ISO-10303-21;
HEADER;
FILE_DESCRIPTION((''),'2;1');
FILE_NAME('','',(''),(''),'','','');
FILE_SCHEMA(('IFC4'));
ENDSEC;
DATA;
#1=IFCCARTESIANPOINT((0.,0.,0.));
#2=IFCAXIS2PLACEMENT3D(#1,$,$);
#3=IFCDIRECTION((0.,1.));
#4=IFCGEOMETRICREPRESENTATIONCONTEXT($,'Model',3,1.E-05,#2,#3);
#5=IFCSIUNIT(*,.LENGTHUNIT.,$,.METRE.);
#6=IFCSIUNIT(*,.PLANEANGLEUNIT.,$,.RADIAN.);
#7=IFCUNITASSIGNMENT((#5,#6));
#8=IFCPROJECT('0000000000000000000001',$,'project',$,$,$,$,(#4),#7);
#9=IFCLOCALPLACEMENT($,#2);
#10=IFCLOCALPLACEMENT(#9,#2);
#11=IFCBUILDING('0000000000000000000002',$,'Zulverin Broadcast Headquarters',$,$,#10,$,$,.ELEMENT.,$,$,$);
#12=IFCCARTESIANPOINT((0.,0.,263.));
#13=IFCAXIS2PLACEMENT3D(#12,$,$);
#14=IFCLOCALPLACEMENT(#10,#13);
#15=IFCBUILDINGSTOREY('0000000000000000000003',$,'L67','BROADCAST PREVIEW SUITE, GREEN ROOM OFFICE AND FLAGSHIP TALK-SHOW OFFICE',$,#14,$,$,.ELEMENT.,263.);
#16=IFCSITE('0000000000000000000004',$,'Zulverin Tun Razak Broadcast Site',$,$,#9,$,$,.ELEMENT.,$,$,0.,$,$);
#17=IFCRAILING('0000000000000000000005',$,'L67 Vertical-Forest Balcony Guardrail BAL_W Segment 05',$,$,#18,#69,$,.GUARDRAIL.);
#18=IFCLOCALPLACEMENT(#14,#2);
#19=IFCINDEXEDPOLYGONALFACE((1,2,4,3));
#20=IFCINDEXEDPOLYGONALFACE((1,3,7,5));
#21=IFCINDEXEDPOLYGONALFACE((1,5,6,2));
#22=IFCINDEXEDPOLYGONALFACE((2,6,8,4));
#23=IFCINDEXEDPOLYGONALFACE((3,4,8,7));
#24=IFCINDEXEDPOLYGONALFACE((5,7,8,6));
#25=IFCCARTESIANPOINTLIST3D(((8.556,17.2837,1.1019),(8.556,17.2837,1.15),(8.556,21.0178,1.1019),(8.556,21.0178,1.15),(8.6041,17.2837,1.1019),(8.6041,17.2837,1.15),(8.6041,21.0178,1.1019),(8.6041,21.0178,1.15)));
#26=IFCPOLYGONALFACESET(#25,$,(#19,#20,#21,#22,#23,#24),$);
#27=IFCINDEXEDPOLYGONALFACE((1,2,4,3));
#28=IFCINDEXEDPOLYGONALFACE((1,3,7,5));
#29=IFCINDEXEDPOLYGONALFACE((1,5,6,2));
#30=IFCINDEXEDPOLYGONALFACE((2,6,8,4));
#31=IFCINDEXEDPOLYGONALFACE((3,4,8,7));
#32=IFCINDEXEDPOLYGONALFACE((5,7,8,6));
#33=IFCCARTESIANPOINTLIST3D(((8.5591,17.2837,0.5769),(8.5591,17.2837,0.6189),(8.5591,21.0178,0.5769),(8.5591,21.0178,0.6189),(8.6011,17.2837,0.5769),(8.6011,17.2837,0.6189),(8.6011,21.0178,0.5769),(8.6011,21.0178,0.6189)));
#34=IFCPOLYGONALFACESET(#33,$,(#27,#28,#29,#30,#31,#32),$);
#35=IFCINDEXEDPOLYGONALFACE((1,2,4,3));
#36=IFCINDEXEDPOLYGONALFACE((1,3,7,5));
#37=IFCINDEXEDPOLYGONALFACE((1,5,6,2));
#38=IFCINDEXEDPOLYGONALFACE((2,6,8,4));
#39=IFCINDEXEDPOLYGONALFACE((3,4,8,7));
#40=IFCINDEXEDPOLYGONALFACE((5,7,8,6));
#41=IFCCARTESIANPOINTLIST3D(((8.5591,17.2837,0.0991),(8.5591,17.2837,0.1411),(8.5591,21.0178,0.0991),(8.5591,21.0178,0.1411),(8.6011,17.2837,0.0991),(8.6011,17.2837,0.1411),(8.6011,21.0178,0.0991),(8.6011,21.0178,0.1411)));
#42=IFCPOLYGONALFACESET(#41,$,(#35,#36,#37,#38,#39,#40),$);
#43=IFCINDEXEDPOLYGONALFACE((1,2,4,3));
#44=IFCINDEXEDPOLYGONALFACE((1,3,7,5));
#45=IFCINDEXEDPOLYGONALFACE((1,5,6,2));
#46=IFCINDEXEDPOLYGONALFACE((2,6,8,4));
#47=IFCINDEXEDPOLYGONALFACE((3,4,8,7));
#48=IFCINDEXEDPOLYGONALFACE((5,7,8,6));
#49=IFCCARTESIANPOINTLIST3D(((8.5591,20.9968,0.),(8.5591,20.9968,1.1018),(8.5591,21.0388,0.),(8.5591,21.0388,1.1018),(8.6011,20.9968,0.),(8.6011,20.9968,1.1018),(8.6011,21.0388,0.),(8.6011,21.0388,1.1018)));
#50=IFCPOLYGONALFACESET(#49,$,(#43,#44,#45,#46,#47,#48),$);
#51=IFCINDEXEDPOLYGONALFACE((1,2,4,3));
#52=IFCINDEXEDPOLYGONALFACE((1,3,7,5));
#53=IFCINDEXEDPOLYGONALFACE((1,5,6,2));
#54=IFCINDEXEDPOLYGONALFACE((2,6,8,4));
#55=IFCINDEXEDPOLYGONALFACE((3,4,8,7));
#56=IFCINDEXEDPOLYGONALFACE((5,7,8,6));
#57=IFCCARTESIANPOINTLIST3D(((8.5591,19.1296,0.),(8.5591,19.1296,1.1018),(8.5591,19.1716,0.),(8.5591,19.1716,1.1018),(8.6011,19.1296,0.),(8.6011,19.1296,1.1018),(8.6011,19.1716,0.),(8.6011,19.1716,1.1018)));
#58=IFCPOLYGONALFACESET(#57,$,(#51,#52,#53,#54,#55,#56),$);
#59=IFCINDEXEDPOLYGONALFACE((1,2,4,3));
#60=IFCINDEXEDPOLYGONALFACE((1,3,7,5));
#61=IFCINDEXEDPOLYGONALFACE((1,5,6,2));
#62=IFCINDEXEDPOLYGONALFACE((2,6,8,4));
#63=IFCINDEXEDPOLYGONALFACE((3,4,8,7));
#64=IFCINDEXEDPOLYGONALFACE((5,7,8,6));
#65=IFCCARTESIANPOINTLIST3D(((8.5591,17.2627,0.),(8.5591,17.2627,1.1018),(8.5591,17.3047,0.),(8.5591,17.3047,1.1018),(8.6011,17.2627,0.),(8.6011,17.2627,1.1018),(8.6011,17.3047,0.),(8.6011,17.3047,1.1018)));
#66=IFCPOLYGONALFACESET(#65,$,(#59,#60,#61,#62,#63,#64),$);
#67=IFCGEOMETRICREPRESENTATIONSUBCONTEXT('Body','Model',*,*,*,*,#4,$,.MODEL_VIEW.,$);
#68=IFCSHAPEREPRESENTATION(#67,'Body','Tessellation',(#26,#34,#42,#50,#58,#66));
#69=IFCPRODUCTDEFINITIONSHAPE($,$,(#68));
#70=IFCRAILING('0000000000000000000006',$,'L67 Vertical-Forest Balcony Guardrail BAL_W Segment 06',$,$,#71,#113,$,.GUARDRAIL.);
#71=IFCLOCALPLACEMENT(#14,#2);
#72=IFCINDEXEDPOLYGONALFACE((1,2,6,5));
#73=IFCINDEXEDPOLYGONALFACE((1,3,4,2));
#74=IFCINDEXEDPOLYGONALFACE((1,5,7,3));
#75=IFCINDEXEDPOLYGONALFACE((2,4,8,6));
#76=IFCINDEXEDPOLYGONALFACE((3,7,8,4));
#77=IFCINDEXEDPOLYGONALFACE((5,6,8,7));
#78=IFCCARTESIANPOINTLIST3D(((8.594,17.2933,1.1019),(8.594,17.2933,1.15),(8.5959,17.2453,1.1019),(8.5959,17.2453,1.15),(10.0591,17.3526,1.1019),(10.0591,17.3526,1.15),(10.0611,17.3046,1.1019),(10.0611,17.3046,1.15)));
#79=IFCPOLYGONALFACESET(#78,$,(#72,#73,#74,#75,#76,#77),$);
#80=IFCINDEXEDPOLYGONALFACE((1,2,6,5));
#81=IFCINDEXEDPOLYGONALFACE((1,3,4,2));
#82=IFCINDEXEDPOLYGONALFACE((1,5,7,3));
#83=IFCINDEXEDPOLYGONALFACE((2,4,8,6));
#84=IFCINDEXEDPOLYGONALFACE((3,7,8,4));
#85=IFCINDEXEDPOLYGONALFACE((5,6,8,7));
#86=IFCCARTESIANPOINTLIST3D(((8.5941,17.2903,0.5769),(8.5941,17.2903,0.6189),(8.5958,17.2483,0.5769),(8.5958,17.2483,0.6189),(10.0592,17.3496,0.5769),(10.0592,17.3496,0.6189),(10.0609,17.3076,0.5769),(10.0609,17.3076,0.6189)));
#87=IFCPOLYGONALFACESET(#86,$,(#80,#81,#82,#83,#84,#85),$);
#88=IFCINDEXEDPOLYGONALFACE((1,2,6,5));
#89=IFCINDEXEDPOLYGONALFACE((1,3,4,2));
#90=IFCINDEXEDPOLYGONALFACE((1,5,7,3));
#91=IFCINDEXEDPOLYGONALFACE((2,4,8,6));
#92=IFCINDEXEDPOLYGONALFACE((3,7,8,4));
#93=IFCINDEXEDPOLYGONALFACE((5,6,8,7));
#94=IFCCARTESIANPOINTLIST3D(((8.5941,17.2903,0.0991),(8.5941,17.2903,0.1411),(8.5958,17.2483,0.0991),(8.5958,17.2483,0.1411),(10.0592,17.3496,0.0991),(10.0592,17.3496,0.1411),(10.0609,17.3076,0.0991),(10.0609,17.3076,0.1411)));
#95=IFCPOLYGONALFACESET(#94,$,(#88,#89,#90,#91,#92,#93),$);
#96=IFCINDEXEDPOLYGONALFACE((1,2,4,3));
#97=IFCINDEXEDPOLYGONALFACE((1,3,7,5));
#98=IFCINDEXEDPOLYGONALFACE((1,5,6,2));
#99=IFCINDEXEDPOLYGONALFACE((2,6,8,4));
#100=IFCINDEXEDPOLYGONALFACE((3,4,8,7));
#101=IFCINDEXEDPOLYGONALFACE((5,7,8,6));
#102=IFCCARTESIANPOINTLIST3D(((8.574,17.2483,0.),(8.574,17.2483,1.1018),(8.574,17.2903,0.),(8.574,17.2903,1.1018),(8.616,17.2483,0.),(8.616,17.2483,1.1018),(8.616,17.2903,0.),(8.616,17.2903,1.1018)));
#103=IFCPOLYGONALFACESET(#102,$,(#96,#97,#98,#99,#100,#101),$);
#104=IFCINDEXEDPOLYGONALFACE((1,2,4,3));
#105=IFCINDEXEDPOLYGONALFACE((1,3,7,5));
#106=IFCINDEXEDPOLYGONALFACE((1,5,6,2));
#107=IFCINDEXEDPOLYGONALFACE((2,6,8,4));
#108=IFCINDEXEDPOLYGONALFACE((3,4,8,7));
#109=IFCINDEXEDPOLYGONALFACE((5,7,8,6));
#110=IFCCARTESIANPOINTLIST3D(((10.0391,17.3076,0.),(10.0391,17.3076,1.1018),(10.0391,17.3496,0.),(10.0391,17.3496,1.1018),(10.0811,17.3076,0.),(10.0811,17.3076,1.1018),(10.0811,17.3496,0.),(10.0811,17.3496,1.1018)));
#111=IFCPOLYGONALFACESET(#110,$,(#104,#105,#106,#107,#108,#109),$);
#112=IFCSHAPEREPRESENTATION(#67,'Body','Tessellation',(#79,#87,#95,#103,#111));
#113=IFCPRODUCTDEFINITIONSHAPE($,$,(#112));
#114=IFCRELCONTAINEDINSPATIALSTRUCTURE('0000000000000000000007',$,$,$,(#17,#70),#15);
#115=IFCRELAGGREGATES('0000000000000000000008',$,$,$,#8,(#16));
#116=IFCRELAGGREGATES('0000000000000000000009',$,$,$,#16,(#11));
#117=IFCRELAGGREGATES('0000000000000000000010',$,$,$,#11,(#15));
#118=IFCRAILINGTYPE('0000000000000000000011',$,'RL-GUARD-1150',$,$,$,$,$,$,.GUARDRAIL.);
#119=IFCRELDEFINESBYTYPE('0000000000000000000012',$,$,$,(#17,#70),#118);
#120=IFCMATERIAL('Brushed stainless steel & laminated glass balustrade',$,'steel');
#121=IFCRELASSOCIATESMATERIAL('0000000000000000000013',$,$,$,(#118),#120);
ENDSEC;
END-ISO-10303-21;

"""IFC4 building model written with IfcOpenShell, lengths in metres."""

from ifc_helpers import new_model, si_unit, direction, frame, origin, origin_2d, place, context, subcontext, project, spatial, rectangle, extrude, material, type_object, element, save


model = new_model("IFC4")

# Units and contexts
model_context = context("Model", 3, precision=1e-05, world=origin(), true_north=direction((0.0, 1.0)))
body_context = subcontext(model_context, "Body", "Model", "MODEL_VIEW")
ifc_project = project(units=[si_unit("LENGTHUNIT", "METRE"), si_unit("PLANEANGLEUNIT", "RADIAN")], contexts=[model_context])

# Site, building, storey
site_placement = place(None, origin())
site = spatial("IfcSite", under=ifc_project, at=site_placement, Name="Zulverin Tun Razak Broadcast Site", CompositionType="ELEMENT", RefElevation=0.0)
building_placement = place(site_placement, origin())
building = spatial("IfcBuilding", under=site, at=building_placement, Name="Zulverin Broadcast Headquarters", CompositionType="ELEMENT")
storey_placement = place(building_placement, frame((0.0, 0.0, 263.0)))
storey = spatial("IfcBuildingStorey", under=building, at=storey_placement, Name="L67", Description="BROADCAST PREVIEW SUITE, GREEN ROOM OFFICE AND FLAGSHIP TALK-SHOW OFFICE", CompositionType="ELEMENT", Elevation=263.0)

# Railings
ifc_material_1 = material(Name="Brushed stainless steel & laminated glass balustrade", Category="steel")
railing_type = type_object("IfcRailingType", Name="RL-GUARD-1150", PredefinedType="GUARDRAIL", material=ifc_material_1)
railing_1_placement = place(storey_placement, frame((8.5801, 21.0178, 0.0)))
element("IfcRailing", 1, at=railing_1_placement, inside=storey, type_object=railing_type, Name="L67 Vertical-Forest Balcony Guardrail BAL_W Segment 05", PredefinedType="GUARDRAIL", context=body_context, shape_type="SweptSolid", body=[
    extrude(rectangle(XDim=0.0481, YDim=0.0481, at=origin_2d()), frame((0.0, 0.0, 1.126), z_axis=(0.0, -1.0, 0.0), x_axis=(1.0, 0.0, 0.0)), (0.0, 0.0, 1.0), 3.7341),
    extrude(rectangle(XDim=0.042, YDim=0.042, at=origin_2d()), frame((0.0, 0.0, 0.5979), z_axis=(0.0, -1.0, 0.0), x_axis=(1.0, 0.0, 0.0)), (0.0, 0.0, 1.0), 3.7341),
    extrude(rectangle(XDim=0.042, YDim=0.042, at=origin_2d()), frame((0.0, 0.0, 0.1201), z_axis=(0.0, -1.0, 0.0), x_axis=(1.0, 0.0, 0.0)), (0.0, 0.0, 1.0), 3.7341),
    extrude(rectangle(XDim=0.042, YDim=0.042, at=origin_2d()), origin(), (0.0, 0.0, 1.0), 1.1018),
    extrude(rectangle(XDim=0.042, YDim=0.042, at=origin_2d()), frame((0.0, -1.8672, 0.0)), (0.0, 0.0, 1.0), 1.1018),
    extrude(rectangle(XDim=0.042, YDim=0.042, at=origin_2d()), frame((0.0, -3.7341, 0.0)), (0.0, 0.0, 1.0), 1.1018),
])
railing_2_placement = place(storey_placement, frame((8.595, 17.2693, 0.0)))
element("IfcRailing", 2, at=railing_2_placement, inside=storey, type_object=railing_type, Name="L67 Vertical-Forest Balcony Guardrail BAL_W Segment 06", PredefinedType="GUARDRAIL", context=body_context, shape_type="SweptSolid", body=[
    extrude(rectangle(XDim=0.0481, YDim=0.0481, at=origin_2d()), frame((0.0, 0.0, 1.126), z_axis=(0.999181, 0.04046, 0.0), x_axis=(-0.04046, 0.999181, 0.0)), (0.0, 0.0, 1.0), 1.4663),
    extrude(rectangle(XDim=0.042, YDim=0.042, at=origin_2d()), frame((0.0, 0.0, 0.5979), z_axis=(0.999181, 0.04046, 0.0), x_axis=(-0.04046, 0.999181, 0.0)), (0.0, 0.0, 1.0), 1.4663),
    extrude(rectangle(XDim=0.042, YDim=0.042, at=origin_2d()), frame((0.0, 0.0, 0.1201), z_axis=(0.999181, 0.04046, 0.0), x_axis=(-0.04046, 0.999181, 0.0)), (0.0, 0.0, 1.0), 1.4663),
    extrude(rectangle(XDim=0.042, YDim=0.042, at=origin_2d()), origin(), (0.0, 0.0, 1.0), 1.1018),
    extrude(rectangle(XDim=0.042, YDim=0.042, at=origin_2d()), frame((1.4651, 0.0593, 0.0)), (0.0, 0.0, 1.0), 1.1018),
])

save(model, "model.ifc")
